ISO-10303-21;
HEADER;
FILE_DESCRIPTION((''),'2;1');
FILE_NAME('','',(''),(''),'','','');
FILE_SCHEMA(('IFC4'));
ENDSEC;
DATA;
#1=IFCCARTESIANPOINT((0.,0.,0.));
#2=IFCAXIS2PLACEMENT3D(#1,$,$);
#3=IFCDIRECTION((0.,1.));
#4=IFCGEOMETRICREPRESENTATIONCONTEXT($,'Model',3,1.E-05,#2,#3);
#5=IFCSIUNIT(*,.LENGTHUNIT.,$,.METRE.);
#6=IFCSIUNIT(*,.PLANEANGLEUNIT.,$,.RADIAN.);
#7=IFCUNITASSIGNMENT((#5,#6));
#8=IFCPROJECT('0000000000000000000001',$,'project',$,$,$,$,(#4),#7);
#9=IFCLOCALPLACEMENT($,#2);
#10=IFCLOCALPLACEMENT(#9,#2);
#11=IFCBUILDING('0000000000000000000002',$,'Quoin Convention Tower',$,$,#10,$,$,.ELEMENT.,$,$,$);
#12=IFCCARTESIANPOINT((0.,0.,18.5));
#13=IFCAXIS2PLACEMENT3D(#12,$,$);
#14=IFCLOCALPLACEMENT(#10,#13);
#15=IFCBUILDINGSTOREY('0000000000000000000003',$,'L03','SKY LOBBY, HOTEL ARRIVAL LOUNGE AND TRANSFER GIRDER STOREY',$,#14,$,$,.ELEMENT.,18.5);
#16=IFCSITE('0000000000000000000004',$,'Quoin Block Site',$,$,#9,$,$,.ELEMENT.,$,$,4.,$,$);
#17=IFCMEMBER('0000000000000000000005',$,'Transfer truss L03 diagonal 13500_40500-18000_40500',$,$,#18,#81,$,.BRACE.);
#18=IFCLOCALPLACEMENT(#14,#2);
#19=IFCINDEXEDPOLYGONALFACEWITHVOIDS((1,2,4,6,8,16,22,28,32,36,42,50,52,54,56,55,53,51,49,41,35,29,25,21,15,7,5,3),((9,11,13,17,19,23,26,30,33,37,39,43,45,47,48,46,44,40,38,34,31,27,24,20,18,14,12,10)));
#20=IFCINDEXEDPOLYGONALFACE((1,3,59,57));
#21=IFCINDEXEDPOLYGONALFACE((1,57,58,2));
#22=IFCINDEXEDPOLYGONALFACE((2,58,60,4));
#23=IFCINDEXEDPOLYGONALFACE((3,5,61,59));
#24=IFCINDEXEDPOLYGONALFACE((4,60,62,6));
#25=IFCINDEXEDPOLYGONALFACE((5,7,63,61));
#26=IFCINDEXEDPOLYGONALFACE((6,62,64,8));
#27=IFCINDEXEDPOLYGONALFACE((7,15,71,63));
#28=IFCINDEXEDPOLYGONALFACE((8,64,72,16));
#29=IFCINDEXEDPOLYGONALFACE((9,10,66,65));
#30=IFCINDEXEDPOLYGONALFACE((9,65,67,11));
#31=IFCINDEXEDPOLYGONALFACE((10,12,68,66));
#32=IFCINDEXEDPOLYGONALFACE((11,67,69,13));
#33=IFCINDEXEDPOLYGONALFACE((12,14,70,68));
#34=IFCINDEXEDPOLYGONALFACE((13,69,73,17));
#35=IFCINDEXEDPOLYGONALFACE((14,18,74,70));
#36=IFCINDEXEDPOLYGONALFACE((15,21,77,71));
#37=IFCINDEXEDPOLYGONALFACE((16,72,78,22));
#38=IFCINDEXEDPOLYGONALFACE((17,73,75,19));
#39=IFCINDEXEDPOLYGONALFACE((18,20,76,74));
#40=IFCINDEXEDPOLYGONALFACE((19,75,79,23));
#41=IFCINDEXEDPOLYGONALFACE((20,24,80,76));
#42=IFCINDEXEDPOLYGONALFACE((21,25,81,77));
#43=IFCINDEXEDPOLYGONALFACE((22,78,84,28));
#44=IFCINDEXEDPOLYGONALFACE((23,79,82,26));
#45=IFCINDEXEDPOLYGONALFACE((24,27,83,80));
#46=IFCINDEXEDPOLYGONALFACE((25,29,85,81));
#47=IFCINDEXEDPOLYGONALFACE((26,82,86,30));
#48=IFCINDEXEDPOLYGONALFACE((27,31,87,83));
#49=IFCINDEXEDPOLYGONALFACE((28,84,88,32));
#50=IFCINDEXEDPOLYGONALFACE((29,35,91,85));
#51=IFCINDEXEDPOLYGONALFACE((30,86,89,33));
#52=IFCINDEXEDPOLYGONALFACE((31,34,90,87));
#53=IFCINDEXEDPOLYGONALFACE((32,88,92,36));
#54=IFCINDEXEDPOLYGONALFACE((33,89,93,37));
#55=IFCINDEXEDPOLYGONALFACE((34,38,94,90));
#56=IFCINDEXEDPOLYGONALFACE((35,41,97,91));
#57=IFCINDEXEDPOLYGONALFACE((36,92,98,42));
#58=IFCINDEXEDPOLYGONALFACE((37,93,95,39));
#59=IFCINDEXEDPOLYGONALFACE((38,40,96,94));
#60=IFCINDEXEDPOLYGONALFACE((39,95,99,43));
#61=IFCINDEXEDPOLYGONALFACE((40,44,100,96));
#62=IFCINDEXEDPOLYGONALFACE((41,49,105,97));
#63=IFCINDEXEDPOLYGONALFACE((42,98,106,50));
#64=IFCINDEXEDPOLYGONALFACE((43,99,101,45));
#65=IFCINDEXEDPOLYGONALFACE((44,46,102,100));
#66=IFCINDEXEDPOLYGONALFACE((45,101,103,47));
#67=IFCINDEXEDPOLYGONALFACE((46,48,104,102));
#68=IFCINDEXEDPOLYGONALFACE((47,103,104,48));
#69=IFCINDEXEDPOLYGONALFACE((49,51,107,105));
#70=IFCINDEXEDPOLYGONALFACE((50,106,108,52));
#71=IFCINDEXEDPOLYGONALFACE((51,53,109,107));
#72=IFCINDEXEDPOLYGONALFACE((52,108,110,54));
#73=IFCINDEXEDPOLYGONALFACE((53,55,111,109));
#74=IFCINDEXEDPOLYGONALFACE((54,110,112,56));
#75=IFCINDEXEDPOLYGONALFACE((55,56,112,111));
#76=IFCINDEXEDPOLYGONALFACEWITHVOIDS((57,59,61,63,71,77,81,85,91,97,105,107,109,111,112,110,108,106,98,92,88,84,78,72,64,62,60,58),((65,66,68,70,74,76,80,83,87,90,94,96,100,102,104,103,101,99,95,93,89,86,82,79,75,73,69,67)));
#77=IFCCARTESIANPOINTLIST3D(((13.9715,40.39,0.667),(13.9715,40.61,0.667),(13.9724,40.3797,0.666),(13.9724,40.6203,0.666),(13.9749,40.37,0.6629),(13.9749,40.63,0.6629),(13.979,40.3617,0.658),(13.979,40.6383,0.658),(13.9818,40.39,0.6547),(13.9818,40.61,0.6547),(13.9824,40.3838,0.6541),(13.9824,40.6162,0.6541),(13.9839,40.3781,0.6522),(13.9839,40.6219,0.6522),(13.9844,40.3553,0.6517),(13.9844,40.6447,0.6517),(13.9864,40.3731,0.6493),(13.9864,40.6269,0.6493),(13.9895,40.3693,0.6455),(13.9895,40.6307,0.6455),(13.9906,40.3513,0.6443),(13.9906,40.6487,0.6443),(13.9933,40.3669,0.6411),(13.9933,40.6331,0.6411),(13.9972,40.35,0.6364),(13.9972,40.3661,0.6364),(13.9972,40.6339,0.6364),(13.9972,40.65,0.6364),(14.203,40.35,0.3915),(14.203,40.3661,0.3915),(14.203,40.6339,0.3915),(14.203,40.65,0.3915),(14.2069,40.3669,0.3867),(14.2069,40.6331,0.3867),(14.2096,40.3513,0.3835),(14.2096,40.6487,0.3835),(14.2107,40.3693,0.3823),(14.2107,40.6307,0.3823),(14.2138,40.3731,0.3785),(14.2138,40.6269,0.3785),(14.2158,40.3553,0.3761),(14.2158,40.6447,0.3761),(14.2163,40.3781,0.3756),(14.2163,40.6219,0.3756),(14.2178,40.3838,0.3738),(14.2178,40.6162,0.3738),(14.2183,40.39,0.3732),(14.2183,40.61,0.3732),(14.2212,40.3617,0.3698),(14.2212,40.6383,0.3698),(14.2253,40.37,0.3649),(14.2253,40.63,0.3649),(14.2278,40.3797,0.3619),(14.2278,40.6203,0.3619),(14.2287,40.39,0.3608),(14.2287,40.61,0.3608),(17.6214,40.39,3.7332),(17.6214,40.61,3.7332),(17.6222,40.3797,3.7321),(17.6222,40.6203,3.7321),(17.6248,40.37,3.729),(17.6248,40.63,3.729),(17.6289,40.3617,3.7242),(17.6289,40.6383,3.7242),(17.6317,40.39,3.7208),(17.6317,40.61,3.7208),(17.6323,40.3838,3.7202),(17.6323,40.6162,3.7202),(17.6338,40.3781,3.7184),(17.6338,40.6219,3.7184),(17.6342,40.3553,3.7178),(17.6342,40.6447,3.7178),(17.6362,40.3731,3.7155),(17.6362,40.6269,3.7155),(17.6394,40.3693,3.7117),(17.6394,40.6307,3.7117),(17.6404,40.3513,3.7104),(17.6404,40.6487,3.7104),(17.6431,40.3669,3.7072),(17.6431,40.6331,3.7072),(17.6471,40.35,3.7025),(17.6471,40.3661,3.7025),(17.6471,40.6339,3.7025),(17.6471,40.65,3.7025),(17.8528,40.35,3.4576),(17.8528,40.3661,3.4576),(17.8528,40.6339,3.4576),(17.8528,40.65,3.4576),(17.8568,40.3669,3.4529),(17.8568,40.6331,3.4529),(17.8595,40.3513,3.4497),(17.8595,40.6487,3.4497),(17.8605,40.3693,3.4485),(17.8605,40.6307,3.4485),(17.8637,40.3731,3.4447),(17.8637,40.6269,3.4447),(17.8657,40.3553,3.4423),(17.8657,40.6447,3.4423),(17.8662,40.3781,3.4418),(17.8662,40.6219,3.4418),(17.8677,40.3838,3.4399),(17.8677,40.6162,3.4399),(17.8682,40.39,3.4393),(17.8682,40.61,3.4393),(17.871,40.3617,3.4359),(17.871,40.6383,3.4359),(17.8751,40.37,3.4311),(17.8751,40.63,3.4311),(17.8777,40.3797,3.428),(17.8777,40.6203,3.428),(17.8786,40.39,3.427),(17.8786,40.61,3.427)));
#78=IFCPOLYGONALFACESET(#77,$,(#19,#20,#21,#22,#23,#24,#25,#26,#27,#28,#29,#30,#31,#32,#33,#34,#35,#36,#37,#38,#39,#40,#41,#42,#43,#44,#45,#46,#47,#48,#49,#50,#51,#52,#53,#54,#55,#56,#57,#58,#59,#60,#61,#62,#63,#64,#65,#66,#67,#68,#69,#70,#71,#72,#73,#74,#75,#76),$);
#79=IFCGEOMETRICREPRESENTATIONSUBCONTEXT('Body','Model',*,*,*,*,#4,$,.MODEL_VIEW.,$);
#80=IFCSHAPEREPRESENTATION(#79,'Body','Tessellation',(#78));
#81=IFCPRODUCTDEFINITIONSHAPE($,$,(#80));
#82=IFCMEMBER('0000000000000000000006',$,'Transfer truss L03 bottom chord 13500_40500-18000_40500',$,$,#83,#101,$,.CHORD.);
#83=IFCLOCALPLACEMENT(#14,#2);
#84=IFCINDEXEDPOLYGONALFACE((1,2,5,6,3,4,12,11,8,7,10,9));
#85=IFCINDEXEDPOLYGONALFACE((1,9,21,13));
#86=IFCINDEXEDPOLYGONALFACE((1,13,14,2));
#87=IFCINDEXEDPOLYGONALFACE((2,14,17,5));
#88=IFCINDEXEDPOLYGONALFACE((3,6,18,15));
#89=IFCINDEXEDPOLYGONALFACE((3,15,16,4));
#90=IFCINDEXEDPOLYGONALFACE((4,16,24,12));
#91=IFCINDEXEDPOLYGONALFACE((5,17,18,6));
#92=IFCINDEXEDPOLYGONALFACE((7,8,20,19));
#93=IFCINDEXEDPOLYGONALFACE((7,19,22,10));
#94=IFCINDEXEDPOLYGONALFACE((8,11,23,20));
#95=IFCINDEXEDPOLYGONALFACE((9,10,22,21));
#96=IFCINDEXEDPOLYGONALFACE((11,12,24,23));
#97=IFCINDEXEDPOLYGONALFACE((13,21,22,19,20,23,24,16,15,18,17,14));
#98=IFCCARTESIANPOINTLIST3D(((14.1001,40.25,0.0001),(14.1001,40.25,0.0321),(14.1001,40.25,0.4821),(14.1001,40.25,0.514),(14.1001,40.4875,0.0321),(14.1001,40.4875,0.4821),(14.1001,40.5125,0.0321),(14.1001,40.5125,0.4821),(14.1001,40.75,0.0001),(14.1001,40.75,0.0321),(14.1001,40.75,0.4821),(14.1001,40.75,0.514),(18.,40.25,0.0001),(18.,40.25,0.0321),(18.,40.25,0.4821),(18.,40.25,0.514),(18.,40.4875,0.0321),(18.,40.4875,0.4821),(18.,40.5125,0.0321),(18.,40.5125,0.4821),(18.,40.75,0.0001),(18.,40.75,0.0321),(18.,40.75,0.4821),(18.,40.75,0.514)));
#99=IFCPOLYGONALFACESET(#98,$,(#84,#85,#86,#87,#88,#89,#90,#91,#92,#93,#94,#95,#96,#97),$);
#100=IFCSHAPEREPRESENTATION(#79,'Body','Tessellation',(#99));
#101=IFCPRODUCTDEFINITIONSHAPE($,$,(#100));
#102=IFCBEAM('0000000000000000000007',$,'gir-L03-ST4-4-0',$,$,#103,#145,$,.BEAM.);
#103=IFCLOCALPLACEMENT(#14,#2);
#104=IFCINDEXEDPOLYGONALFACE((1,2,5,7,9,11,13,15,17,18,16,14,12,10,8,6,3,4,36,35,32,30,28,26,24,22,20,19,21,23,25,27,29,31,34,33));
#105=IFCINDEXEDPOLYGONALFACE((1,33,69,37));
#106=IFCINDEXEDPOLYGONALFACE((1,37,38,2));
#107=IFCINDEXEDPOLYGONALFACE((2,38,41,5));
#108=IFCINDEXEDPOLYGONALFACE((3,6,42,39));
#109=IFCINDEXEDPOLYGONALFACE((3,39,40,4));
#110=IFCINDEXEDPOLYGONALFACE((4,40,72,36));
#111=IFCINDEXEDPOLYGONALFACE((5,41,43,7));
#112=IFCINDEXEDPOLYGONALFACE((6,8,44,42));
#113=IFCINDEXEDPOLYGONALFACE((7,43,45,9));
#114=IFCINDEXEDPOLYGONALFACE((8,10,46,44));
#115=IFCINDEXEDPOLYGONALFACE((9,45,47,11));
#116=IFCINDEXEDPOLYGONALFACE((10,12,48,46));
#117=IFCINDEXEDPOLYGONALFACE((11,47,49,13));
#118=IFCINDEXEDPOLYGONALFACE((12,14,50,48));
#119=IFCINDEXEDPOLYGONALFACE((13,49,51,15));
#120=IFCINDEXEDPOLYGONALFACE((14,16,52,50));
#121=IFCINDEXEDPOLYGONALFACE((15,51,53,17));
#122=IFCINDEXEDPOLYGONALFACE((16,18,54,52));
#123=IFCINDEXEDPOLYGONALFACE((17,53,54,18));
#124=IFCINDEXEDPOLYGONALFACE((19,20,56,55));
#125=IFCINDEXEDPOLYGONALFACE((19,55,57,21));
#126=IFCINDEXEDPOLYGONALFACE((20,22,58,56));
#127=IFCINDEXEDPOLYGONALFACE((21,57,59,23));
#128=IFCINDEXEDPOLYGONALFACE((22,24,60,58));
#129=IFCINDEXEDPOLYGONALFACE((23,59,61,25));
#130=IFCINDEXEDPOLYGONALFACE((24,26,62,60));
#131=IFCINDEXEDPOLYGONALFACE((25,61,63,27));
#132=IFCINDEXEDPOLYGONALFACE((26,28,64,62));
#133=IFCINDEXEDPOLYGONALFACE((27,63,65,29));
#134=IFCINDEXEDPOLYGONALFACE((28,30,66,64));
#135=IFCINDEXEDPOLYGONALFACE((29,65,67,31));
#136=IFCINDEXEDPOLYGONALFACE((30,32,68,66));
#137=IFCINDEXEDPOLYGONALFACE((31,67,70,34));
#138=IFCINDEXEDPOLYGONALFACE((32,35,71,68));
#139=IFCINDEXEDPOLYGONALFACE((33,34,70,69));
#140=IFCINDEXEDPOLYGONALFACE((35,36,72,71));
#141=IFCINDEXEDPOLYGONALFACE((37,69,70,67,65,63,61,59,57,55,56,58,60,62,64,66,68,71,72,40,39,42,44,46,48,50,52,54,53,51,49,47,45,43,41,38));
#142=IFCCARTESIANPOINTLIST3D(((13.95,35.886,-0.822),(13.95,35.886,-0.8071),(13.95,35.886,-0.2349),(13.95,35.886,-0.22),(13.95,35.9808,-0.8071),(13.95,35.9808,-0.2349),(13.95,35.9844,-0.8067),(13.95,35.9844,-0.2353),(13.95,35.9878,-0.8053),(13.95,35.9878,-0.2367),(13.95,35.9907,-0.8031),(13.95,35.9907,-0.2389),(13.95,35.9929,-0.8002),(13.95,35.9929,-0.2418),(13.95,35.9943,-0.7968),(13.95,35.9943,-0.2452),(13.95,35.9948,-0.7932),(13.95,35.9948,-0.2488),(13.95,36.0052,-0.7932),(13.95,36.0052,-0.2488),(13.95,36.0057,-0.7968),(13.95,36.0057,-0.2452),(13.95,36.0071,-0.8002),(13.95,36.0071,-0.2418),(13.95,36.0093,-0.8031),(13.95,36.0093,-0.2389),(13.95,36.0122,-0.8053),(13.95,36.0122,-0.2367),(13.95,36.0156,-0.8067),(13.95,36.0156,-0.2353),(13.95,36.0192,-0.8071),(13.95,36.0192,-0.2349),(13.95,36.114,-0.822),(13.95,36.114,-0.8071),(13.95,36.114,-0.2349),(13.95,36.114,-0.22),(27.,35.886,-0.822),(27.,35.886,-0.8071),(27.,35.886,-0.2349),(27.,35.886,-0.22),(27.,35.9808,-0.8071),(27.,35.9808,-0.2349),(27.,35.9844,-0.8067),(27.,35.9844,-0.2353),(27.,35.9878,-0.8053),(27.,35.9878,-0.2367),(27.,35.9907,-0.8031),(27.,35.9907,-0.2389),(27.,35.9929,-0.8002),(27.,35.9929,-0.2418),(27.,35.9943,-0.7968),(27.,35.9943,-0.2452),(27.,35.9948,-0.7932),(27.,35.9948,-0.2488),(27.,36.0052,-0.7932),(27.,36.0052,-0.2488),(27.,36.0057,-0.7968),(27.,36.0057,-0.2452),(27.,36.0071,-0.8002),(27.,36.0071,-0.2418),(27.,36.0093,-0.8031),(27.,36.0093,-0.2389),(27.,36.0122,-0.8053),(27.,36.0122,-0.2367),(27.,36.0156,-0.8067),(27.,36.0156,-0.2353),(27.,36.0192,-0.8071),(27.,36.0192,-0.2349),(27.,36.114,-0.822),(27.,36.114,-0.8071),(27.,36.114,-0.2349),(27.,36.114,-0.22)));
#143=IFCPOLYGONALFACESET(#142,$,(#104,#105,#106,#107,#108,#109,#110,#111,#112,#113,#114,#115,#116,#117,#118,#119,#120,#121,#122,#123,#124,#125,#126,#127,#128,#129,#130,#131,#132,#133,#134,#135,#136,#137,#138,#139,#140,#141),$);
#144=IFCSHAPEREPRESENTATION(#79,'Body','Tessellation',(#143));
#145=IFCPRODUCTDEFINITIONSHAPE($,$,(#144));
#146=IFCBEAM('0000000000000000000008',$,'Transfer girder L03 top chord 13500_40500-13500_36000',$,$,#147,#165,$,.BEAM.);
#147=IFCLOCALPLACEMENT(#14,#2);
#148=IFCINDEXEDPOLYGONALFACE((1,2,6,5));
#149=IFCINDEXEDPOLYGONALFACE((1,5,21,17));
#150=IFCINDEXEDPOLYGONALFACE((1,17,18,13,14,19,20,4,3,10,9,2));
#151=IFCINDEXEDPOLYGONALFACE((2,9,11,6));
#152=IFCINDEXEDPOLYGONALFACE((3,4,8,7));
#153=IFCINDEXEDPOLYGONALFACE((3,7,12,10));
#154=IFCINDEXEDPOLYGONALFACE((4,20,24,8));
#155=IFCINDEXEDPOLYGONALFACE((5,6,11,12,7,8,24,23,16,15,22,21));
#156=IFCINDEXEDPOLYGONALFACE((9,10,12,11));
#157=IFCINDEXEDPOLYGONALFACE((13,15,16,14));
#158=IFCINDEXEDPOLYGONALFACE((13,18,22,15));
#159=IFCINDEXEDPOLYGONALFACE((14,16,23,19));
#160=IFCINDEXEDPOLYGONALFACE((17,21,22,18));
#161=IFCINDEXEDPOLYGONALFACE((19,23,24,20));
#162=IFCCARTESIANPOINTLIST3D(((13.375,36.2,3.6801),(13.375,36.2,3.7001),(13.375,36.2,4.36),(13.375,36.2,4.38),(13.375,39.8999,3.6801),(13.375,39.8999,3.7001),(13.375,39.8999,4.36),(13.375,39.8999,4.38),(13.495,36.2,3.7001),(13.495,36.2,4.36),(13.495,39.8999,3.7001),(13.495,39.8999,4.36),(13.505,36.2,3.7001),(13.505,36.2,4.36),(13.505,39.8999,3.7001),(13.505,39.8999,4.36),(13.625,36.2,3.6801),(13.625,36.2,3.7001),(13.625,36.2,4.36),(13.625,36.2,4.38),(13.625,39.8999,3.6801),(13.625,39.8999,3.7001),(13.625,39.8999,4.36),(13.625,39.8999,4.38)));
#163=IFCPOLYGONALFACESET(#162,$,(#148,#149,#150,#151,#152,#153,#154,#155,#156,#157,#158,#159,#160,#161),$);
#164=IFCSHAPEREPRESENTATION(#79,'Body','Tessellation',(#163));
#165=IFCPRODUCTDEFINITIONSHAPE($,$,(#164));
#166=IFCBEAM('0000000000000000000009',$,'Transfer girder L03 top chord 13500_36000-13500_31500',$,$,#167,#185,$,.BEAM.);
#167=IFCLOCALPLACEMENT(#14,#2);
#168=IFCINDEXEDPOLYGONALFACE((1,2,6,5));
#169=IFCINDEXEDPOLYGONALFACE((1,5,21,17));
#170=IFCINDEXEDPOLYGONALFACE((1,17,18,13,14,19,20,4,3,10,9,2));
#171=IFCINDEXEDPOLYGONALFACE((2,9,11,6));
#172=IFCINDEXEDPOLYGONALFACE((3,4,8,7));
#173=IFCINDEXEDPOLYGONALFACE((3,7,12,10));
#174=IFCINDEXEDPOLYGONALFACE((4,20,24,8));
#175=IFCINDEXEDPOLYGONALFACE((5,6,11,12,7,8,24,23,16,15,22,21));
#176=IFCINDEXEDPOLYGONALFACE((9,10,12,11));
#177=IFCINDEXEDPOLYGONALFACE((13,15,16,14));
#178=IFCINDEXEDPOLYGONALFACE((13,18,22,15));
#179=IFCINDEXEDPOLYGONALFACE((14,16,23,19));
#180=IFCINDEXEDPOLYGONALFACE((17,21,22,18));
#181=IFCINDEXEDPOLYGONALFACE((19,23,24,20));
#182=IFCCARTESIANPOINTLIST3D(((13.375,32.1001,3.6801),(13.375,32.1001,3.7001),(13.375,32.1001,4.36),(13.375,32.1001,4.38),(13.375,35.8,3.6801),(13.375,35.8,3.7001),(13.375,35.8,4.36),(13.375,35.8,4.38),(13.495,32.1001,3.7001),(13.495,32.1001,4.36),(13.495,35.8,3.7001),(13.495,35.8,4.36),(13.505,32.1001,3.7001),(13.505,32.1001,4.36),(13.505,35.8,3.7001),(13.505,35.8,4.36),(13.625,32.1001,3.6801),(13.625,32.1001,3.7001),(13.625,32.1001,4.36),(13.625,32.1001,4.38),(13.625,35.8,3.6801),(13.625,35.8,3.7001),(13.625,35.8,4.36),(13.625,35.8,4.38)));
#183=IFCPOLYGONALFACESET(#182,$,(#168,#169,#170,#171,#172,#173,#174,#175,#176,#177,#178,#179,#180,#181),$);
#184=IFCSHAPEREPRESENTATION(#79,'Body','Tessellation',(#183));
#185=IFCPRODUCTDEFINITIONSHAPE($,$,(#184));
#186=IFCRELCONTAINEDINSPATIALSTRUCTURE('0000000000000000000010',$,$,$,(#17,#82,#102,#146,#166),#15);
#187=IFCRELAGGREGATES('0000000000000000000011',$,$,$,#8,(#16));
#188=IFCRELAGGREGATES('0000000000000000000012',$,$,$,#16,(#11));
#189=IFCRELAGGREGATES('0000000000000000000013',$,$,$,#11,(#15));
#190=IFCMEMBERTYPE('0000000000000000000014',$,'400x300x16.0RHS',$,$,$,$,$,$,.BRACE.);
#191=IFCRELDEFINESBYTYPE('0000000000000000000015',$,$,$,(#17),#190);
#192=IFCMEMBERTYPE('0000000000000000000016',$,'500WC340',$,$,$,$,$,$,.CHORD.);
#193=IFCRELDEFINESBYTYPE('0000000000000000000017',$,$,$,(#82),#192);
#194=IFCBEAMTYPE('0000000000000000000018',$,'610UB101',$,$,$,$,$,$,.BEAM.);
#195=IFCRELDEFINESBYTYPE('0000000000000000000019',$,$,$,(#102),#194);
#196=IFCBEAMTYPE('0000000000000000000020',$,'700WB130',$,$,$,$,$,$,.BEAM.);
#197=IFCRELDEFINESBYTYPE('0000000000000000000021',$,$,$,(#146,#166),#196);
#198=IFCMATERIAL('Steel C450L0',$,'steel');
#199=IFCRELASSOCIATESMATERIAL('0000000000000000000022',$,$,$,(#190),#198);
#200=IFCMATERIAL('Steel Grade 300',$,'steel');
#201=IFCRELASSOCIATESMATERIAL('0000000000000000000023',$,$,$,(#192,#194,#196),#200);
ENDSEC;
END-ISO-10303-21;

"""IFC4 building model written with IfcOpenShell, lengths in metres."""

from ifc_helpers import new_model, si_unit, direction, frame, origin, origin_2d, place, context, subcontext, project, spatial, hollow_rectangle, i_section, extrude, material, material_profile, profile_set, type_object, element, save


model = new_model("IFC4")

# Units and contexts
model_context = context("Model", 3, precision=1e-05, world=origin(), true_north=direction((0.0, 1.0)))
body_context = subcontext(model_context, "Body", "Model", "MODEL_VIEW")
ifc_project = project(units=[si_unit("LENGTHUNIT", "METRE"), si_unit("PLANEANGLEUNIT", "RADIAN")], contexts=[model_context])

# Site, building, storey
site_placement = place(None, origin())
site = spatial("IfcSite", under=ifc_project, at=site_placement, Name="Quoin Block Site", CompositionType="ELEMENT", RefElevation=4.0)
building_placement = place(site_placement, origin())
building = spatial("IfcBuilding", under=site, at=building_placement, Name="Quoin Convention Tower", CompositionType="ELEMENT")
storey_placement = place(building_placement, frame((0.0, 0.0, 18.5)))
storey = spatial("IfcBuildingStorey", under=building, at=storey_placement, Name="L03", Description="SKY LOBBY, HOTEL ARRIVAL LOUNGE AND TRANSFER GIRDER STOREY", CompositionType="ELEMENT", Elevation=18.5)

# Shared definitions
ifc_material_1 = material(Name="Steel Grade 300", Category="steel")

# Members
ifc_material_2 = material(Name="Steel C450L0", Category="steel")
ifc_material_profile_1 = material_profile(ifc_material_2, hollow_rectangle(XDim=0.3, YDim=0.3999, WallThickness=0.0161, InnerFilletRadius=0.0239, OuterFilletRadius=0.04, at=origin_2d()), Name="400x300x16.0RHS")
ifc_profile_set_1 = profile_set([ifc_material_profile_1], Name="Steel C450L0")
member_type_1 = type_object("IfcMemberType", Name="400x300x16.0RHS", PredefinedType="BRACE", material=ifc_profile_set_1)
member_1_placement = place(storey_placement, frame((14.1001, 40.5, 0.5139), z_axis=(0.76568, 0.0, 0.643222), x_axis=(0.0, 1.0, 0.0)))
element("IfcMember", 1, at=member_1_placement, inside=storey, type_object=member_type_1, Name="Transfer truss L03 diagonal 13500_40500-18000_40500", PredefinedType="BRACE", context=body_context, shape_type="SweptSolid", body=[
    extrude(hollow_rectangle(XDim=0.3, YDim=0.3999, WallThickness=0.0161, InnerFilletRadius=0.0239, OuterFilletRadius=0.04, at=origin_2d()), origin(), (0.0, 0.0, 1.0), 4.7668),
])
ifc_material_profile_2 = material_profile(ifc_material_1, i_section(OverallWidth=0.5, OverallDepth=0.5139, WebThickness=0.0249, FlangeThickness=0.032, at=origin_2d()), Name="500WC340")
ifc_profile_set_2 = profile_set([ifc_material_profile_2], Name="Steel Grade 300")
member_type_2 = type_object("IfcMemberType", Name="500WC340", PredefinedType="CHORD", material=ifc_profile_set_2)
member_2_placement = place(storey_placement, frame((14.1001, 40.5, 0.2571), z_axis=(1.0, 0.0, 0.0), x_axis=(0.0, 1.0, 0.0)))
element("IfcMember", 2, at=member_2_placement, inside=storey, type_object=member_type_2, Name="Transfer truss L03 bottom chord 13500_40500-18000_40500", PredefinedType="CHORD", context=body_context, shape_type="SweptSolid", body=[
    extrude(i_section(OverallWidth=0.5, OverallDepth=0.5139, WebThickness=0.0249, FlangeThickness=0.032, at=origin_2d()), origin(), (0.0, 0.0, 1.0), 3.8999),
])

# Beams
ifc_material_profile_3 = material_profile(ifc_material_1, i_section(OverallWidth=0.228, OverallDepth=0.6021, WebThickness=0.0105, FlangeThickness=0.0149, FilletRadius=0.0139, at=origin_2d()), Name="610UB101")
ifc_profile_set_3 = profile_set([ifc_material_profile_3], Name="Steel Grade 300")
beam_type_1 = type_object("IfcBeamType", Name="610UB101", PredefinedType="BEAM", material=ifc_profile_set_3)
beam_1_placement = place(storey_placement, frame((13.95, 36.0, -0.521), z_axis=(1.0, 0.0, 0.0), x_axis=(0.0, 1.0, 0.0)))
element("IfcBeam", 3, at=beam_1_placement, inside=storey, type_object=beam_type_1, Name="gir-L03-ST4-4-0", PredefinedType="BEAM", context=body_context, shape_type="SweptSolid", body=[
    extrude(i_section(OverallWidth=0.228, OverallDepth=0.6021, WebThickness=0.0105, FlangeThickness=0.0149, FilletRadius=0.0139, at=origin_2d()), origin(), (0.0, 0.0, 1.0), 13.05),
])
ifc_material_profile_4 = material_profile(ifc_material_1, i_section(OverallWidth=0.25, OverallDepth=0.7, WebThickness=0.01, FlangeThickness=0.02, at=origin_2d()), Name="700WB130")
ifc_profile_set_4 = profile_set([ifc_material_profile_4], Name="Steel Grade 300")
beam_type_2 = type_object("IfcBeamType", Name="700WB130", PredefinedType="BEAM", material=ifc_profile_set_4)
for number, where, z_axis, x_axis, name in (
    (4, (13.5, 39.8999, 4.03), (0.0, -1.0, 0.0), (1.0, 0.0, 0.0), "Transfer girder L03 top chord 13500_40500-13500_36000"),
    (5, (13.5, 35.8, 4.03), (0.0, -1.0, 0.0), (1.0, 0.0, 0.0), "Transfer girder L03 top chord 13500_36000-13500_31500"),
):
    element("IfcBeam", number, at=place(storey_placement, frame(where, z_axis=z_axis, x_axis=x_axis)), inside=storey, type_object=beam_type_2, Name=name, PredefinedType="BEAM", context=body_context, shape_type="SweptSolid", body=[
        extrude(i_section(OverallWidth=0.25, OverallDepth=0.7, WebThickness=0.01, FlangeThickness=0.02, at=origin_2d()), origin(), (0.0, 0.0, 1.0), 3.7),
    ])

save(model, "model.ifc")
